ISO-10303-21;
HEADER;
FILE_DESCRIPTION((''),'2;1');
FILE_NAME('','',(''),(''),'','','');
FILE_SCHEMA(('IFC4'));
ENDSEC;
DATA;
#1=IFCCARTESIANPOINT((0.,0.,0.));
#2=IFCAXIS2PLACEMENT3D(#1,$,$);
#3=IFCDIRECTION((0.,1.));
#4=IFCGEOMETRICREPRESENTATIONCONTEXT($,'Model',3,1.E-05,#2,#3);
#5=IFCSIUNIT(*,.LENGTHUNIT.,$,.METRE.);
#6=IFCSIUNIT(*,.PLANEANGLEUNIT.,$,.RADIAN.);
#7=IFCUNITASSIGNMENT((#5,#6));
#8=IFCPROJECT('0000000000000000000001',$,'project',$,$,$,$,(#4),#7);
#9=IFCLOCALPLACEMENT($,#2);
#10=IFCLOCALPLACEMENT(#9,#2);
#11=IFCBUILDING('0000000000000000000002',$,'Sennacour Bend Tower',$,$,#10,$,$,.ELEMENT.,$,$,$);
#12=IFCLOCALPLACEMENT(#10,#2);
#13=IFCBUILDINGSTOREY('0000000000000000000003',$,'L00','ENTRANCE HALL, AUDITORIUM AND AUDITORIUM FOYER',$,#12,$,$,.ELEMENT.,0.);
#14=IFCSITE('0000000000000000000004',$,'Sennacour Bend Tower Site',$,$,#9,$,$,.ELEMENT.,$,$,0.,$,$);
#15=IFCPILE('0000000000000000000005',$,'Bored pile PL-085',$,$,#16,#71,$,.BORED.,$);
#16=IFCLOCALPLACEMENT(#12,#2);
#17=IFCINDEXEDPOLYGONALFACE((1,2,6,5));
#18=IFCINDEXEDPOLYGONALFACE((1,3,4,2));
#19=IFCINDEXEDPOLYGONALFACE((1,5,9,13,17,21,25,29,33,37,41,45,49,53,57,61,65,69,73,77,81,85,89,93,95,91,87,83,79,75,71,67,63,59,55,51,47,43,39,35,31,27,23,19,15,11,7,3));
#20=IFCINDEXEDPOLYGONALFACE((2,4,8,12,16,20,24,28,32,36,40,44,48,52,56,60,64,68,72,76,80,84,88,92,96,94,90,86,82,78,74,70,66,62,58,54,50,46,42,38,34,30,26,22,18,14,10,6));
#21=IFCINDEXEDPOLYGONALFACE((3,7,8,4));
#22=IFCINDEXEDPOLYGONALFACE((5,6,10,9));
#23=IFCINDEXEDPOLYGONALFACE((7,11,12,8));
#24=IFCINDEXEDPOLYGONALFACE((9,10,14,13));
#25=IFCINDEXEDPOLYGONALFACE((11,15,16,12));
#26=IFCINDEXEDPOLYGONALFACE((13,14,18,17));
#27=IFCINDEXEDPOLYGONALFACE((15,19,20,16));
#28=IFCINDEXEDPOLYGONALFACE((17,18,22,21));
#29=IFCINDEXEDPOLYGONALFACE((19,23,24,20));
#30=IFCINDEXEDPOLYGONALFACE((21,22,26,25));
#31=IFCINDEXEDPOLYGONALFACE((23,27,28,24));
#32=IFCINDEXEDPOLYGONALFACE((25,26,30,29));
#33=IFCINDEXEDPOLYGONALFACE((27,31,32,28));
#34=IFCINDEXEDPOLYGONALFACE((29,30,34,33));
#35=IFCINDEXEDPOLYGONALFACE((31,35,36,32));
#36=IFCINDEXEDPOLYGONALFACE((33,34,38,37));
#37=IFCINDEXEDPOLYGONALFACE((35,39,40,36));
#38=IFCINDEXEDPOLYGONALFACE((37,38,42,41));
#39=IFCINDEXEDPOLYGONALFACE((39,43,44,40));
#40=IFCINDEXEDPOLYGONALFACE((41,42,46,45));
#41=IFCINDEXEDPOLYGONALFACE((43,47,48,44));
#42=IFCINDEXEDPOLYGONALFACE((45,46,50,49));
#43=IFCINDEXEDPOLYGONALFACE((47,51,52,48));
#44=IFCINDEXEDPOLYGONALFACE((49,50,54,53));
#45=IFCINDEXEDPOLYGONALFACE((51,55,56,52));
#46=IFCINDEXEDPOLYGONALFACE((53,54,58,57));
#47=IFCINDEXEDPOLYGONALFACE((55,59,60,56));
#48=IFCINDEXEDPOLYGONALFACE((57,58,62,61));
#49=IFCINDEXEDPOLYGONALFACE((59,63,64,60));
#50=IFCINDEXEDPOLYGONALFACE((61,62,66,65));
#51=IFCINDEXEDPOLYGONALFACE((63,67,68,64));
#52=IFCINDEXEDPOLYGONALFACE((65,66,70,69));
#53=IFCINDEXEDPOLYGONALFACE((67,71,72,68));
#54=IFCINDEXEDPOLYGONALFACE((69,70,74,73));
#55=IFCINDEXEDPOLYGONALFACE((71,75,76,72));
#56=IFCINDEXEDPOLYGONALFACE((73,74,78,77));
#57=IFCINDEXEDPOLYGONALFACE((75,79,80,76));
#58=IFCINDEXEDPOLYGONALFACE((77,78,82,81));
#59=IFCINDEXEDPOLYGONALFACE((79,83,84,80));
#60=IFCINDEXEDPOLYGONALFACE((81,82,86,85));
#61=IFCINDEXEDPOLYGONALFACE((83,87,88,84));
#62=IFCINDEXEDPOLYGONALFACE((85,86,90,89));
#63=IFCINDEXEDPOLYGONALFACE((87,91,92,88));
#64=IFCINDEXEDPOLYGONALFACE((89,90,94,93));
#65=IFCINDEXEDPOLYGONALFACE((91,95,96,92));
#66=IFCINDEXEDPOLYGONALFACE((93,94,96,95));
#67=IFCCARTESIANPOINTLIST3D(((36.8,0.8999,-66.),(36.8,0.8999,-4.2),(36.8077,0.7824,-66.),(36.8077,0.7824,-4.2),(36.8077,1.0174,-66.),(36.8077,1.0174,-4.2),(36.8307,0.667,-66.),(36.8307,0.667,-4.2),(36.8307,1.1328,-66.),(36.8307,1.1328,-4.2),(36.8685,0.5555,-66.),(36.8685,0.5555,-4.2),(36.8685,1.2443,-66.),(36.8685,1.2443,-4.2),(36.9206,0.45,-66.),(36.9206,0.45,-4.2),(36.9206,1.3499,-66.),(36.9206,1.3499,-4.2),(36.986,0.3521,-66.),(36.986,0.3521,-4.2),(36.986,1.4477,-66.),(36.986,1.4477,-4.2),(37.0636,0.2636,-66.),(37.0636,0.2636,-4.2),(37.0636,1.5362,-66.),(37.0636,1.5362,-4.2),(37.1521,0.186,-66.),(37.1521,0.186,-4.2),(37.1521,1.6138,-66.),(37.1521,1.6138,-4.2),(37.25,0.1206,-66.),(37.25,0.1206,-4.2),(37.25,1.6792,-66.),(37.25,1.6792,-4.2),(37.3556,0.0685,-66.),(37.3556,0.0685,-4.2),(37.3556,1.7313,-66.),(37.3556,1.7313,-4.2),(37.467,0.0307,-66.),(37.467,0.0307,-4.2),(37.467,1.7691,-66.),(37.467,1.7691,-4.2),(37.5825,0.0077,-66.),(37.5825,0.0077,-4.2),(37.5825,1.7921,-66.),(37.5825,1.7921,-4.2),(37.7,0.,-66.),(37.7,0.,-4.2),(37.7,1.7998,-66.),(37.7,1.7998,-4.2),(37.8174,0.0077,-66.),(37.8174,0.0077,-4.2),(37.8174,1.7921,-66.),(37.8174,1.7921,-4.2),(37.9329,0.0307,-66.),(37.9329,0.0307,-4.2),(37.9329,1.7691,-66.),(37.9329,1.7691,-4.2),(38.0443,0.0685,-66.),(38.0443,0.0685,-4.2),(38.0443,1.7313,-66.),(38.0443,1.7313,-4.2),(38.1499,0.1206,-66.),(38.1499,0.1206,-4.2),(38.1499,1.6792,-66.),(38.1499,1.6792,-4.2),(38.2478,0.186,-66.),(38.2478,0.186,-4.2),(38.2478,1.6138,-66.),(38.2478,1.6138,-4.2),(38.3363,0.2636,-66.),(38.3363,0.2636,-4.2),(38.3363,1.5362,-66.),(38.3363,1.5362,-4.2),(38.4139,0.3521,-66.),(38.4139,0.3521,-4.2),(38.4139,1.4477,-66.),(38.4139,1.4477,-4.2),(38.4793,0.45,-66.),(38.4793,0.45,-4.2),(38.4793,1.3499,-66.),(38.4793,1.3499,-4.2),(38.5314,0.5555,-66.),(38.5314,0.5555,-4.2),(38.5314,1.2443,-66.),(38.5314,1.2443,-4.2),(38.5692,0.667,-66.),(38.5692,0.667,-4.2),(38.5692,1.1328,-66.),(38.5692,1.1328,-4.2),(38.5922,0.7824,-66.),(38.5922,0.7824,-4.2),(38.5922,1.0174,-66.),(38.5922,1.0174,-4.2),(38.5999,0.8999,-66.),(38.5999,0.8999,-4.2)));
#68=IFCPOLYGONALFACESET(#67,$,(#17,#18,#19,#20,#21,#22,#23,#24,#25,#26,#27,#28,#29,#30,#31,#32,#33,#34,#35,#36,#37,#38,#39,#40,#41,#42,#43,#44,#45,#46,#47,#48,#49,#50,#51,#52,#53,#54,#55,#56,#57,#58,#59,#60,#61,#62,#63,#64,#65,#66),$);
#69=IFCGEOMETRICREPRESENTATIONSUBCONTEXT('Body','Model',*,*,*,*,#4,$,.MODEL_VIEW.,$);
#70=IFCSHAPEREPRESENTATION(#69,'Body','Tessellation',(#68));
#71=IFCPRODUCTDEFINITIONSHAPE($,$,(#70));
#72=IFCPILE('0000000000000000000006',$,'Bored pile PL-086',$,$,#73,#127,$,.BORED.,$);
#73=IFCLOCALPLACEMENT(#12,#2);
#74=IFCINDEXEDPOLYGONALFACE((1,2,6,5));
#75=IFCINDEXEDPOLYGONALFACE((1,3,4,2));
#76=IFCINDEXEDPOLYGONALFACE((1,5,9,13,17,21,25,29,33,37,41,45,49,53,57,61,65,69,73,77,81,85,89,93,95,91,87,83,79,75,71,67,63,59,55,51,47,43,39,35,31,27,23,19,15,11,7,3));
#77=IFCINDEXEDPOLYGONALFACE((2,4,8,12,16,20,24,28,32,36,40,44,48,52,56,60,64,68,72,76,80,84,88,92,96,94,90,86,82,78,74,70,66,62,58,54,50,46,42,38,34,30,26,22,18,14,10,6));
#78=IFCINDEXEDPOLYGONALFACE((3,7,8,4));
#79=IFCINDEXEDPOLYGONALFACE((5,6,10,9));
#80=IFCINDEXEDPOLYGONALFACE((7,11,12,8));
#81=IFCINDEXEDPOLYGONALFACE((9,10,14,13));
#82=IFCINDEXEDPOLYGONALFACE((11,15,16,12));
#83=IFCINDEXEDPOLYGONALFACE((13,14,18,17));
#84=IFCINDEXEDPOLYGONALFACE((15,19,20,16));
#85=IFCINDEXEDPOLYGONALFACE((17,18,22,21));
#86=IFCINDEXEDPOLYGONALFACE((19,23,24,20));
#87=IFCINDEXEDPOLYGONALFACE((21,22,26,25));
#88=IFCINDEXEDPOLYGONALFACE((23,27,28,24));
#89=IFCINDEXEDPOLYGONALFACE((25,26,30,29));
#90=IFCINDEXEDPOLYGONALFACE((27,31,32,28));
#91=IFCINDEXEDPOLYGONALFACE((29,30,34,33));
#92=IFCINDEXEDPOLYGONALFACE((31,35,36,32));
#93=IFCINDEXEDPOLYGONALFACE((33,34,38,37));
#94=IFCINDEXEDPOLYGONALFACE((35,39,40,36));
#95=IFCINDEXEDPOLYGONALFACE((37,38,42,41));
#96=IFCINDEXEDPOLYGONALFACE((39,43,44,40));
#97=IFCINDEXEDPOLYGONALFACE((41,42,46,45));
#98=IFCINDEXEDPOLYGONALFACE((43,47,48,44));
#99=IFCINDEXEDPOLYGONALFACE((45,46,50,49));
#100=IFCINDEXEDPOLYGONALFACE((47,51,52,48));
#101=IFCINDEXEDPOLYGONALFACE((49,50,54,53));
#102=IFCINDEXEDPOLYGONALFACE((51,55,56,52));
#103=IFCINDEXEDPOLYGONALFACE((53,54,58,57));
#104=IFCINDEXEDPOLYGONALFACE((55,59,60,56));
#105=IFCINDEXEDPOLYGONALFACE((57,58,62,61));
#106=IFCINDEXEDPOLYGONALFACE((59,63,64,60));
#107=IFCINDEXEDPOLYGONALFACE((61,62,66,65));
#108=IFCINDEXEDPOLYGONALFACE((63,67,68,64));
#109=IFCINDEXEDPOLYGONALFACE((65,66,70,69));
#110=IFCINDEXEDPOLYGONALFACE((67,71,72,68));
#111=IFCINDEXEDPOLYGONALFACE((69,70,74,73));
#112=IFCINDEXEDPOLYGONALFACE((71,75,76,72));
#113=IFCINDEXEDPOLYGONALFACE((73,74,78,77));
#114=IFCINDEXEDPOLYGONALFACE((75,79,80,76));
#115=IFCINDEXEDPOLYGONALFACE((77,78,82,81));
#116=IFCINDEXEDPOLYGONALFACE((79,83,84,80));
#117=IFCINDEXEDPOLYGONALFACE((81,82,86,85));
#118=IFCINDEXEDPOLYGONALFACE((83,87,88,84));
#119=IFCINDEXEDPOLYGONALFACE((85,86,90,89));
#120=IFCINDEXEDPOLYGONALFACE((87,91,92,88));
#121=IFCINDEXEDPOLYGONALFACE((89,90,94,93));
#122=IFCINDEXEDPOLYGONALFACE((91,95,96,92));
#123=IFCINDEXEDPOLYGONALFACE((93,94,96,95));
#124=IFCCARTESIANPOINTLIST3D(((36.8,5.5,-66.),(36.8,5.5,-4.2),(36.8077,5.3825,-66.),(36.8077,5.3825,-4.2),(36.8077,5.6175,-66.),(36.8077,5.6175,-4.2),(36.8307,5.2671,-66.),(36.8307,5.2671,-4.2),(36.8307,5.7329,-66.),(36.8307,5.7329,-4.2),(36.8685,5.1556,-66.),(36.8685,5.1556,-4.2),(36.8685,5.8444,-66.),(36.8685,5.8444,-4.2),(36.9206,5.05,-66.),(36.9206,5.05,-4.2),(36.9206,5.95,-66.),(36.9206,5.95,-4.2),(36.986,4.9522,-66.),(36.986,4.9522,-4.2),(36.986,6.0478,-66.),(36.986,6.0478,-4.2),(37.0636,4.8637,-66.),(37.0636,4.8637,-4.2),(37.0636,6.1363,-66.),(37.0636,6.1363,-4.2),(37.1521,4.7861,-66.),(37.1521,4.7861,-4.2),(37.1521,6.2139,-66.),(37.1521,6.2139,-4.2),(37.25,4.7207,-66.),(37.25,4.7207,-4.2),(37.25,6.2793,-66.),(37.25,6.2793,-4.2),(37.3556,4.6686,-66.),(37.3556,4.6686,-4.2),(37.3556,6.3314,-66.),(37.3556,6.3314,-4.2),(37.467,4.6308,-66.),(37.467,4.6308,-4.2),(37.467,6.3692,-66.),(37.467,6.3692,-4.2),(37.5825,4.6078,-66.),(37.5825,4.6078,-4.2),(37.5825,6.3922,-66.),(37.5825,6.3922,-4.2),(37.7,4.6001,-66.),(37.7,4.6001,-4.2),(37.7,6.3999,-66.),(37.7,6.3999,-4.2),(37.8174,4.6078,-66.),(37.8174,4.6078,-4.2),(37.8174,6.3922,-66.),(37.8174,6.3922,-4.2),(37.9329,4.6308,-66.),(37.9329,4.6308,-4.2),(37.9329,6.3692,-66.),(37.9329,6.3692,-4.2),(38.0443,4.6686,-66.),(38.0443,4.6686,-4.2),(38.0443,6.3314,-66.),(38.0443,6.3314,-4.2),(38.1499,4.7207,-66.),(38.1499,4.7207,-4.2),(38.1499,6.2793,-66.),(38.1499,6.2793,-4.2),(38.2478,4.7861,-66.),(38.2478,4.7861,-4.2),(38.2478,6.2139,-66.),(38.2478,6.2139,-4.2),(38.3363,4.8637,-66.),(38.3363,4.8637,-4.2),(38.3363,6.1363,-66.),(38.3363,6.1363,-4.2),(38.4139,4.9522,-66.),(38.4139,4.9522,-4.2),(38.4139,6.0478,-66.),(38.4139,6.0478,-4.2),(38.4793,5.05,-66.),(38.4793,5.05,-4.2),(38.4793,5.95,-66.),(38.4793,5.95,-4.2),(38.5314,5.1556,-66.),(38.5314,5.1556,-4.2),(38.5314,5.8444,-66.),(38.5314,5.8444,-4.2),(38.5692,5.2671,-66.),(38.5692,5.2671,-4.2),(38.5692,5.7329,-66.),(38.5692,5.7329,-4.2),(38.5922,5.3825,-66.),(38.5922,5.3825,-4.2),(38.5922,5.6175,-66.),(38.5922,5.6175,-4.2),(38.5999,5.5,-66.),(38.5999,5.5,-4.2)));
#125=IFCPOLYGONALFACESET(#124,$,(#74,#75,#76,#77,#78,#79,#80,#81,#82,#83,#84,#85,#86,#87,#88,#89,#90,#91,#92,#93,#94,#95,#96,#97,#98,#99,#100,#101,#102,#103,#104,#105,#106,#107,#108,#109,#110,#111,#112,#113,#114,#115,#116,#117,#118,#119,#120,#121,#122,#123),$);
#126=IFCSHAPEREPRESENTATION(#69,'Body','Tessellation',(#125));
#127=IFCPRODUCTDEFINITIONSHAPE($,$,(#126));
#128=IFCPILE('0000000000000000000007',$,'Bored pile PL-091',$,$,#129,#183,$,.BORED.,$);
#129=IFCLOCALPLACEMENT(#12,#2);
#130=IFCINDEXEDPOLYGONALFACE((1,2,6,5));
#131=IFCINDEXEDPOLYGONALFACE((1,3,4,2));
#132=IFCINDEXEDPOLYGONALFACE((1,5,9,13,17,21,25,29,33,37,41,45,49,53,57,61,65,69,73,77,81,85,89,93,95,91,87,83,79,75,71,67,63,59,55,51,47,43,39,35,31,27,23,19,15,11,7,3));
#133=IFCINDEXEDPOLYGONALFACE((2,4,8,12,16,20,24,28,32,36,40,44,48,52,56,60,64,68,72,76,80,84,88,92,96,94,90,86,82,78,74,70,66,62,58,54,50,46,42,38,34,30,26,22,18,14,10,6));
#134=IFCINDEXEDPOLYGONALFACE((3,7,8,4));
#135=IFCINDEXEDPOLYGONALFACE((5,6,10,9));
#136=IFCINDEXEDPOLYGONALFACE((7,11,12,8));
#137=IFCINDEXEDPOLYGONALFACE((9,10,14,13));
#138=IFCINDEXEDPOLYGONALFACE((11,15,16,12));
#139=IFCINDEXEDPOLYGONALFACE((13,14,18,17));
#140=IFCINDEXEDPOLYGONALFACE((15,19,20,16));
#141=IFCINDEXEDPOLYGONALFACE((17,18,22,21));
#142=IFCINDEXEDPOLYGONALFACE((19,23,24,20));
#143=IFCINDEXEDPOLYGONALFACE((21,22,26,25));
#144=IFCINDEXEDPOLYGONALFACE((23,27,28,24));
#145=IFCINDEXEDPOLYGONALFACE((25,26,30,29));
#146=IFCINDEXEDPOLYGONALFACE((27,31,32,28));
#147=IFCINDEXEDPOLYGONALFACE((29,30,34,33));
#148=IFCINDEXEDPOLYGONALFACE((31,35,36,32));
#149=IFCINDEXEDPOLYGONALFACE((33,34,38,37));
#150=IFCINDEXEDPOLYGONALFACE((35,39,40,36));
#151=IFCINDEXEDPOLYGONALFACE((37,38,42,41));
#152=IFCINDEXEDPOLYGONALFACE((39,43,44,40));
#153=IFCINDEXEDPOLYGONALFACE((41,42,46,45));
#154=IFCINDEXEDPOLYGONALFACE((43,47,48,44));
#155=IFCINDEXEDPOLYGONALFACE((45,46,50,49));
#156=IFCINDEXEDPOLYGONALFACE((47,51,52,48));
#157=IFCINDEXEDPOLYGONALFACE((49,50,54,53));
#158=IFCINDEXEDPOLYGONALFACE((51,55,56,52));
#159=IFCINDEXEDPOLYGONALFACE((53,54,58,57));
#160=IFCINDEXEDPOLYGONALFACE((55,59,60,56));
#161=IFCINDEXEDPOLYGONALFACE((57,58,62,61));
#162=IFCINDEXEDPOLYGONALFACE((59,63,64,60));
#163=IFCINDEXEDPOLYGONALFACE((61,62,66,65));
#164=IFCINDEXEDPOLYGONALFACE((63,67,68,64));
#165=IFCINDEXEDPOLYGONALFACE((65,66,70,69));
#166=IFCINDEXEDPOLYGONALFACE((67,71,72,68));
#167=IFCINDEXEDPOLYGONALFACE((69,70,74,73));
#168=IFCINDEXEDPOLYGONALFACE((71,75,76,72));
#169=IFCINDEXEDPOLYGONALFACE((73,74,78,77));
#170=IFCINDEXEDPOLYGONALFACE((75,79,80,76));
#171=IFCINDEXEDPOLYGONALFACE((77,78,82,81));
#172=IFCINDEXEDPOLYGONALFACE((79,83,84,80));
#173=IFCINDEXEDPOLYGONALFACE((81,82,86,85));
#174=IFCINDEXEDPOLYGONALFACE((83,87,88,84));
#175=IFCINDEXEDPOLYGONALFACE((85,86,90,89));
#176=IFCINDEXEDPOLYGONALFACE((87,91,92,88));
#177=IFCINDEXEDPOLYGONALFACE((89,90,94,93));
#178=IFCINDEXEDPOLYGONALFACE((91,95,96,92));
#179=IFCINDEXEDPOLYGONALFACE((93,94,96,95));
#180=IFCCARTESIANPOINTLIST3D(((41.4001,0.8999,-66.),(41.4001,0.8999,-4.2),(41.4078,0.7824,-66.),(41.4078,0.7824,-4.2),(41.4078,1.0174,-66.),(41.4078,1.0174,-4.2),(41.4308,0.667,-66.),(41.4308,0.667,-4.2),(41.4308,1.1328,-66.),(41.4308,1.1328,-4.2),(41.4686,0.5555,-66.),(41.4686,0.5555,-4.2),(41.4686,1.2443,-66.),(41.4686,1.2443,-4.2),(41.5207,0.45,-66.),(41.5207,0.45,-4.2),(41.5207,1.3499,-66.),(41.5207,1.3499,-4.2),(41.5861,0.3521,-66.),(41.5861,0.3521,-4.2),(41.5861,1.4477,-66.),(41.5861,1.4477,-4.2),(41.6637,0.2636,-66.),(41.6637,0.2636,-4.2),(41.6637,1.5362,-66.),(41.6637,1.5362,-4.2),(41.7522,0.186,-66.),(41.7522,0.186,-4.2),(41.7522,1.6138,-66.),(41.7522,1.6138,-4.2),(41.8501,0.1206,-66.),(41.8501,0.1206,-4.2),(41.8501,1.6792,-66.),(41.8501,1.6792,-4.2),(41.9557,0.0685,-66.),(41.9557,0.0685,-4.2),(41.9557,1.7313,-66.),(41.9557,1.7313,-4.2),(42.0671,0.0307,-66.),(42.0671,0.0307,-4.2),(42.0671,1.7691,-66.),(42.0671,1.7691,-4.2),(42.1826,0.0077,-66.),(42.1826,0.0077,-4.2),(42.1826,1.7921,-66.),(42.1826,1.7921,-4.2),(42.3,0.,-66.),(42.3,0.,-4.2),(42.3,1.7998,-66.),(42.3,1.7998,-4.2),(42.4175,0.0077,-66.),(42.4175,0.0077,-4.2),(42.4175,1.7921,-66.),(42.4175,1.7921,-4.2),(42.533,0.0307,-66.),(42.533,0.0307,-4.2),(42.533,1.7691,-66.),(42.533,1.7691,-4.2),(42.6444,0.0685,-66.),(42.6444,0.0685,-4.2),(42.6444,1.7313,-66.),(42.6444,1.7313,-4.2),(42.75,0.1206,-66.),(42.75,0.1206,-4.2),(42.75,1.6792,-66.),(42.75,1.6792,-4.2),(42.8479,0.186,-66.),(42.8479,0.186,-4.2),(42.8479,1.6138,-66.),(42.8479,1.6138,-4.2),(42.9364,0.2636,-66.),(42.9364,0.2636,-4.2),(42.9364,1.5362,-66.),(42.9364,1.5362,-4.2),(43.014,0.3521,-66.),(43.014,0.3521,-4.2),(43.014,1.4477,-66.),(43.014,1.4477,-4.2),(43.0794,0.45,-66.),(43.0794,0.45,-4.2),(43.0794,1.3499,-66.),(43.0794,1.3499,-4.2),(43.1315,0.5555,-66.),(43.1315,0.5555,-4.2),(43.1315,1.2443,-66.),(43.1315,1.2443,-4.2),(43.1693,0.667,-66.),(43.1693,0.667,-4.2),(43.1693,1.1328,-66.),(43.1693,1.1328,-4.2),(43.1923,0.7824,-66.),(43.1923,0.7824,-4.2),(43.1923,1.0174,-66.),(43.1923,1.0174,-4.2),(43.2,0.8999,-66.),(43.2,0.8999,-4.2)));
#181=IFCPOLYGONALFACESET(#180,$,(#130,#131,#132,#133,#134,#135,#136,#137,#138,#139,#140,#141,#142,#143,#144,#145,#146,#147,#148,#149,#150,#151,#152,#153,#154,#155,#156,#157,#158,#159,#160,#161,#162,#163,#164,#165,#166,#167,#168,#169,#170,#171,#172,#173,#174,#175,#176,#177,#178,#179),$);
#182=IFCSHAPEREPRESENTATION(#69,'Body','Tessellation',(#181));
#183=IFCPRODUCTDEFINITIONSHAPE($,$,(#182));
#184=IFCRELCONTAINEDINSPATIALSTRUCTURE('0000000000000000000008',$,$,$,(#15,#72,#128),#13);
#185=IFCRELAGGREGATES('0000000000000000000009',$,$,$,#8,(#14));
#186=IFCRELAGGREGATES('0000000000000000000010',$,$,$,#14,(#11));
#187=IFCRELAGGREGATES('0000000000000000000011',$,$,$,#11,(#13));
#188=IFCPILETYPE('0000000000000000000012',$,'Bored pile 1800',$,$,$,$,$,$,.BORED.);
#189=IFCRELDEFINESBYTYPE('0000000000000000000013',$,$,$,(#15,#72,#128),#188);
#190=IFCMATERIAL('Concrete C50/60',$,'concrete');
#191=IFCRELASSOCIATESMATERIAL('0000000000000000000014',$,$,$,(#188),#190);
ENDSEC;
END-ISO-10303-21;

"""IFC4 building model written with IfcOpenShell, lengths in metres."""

from ifc_helpers import new_model, si_unit, direction, frame, origin, origin_2d, place, context, subcontext, project, spatial, circle, extrude, material, material_profile, profile_set, type_object, element, save


model = new_model("IFC4")

# Units and contexts
model_context = context("Model", 3, precision=1e-05, world=origin(), true_north=direction((0.0, 1.0)))
body_context = subcontext(model_context, "Body", "Model", "MODEL_VIEW")
ifc_project = project(units=[si_unit("LENGTHUNIT", "METRE"), si_unit("PLANEANGLEUNIT", "RADIAN")], contexts=[model_context])

# Site, building, storey
site_placement = place(None, origin())
site = spatial("IfcSite", under=ifc_project, at=site_placement, Name="Sennacour Bend Tower Site", CompositionType="ELEMENT", RefElevation=0.0)
building_placement = place(site_placement, origin())
building = spatial("IfcBuilding", under=site, at=building_placement, Name="Sennacour Bend Tower", CompositionType="ELEMENT")
storey_placement = place(building_placement, origin())
storey = spatial("IfcBuildingStorey", under=building, at=storey_placement, Name="L00", Description="ENTRANCE HALL, AUDITORIUM AND AUDITORIUM FOYER", CompositionType="ELEMENT", Elevation=0.0)

# Piles
ifc_material_1 = material(Name="Concrete C50/60", Category="concrete")
ifc_material_profile_1 = material_profile(ifc_material_1, circle(Radius=0.8999, at=origin_2d()), Name="Concrete C50/60", Category="concrete")
ifc_profile_set_1 = profile_set([ifc_material_profile_1], Name="Concrete C50/60")
pile_type = type_object("IfcPileType", Name="Bored pile 1800", PredefinedType="BORED", material=ifc_profile_set_1)
for number, where, z_axis, x_axis, name in (
    (1, (37.7, 0.8999, -4.2), (0.0, 0.0, -1.0), (1.0, 0.0, 0.0), "Bored pile PL-085"),
    (2, (37.7, 5.5, -4.2), (0.0, 0.0, -1.0), (1.0, 0.0, 0.0), "Bored pile PL-086"),
    (3, (42.3, 0.8999, -4.2), (0.0, 0.0, -1.0), (1.0, 0.0, 0.0), "Bored pile PL-091"),
):
    element("IfcPile", number, at=place(storey_placement, frame(where, z_axis=z_axis, x_axis=x_axis)), inside=storey, type_object=pile_type, Name=name, PredefinedType="BORED", context=body_context, shape_type="SweptSolid", body=[
        extrude(circle(Radius=0.8999, at=origin_2d()), origin(), (0.0, 0.0, 1.0), 61.8),
    ])

save(model, "model.ifc")
